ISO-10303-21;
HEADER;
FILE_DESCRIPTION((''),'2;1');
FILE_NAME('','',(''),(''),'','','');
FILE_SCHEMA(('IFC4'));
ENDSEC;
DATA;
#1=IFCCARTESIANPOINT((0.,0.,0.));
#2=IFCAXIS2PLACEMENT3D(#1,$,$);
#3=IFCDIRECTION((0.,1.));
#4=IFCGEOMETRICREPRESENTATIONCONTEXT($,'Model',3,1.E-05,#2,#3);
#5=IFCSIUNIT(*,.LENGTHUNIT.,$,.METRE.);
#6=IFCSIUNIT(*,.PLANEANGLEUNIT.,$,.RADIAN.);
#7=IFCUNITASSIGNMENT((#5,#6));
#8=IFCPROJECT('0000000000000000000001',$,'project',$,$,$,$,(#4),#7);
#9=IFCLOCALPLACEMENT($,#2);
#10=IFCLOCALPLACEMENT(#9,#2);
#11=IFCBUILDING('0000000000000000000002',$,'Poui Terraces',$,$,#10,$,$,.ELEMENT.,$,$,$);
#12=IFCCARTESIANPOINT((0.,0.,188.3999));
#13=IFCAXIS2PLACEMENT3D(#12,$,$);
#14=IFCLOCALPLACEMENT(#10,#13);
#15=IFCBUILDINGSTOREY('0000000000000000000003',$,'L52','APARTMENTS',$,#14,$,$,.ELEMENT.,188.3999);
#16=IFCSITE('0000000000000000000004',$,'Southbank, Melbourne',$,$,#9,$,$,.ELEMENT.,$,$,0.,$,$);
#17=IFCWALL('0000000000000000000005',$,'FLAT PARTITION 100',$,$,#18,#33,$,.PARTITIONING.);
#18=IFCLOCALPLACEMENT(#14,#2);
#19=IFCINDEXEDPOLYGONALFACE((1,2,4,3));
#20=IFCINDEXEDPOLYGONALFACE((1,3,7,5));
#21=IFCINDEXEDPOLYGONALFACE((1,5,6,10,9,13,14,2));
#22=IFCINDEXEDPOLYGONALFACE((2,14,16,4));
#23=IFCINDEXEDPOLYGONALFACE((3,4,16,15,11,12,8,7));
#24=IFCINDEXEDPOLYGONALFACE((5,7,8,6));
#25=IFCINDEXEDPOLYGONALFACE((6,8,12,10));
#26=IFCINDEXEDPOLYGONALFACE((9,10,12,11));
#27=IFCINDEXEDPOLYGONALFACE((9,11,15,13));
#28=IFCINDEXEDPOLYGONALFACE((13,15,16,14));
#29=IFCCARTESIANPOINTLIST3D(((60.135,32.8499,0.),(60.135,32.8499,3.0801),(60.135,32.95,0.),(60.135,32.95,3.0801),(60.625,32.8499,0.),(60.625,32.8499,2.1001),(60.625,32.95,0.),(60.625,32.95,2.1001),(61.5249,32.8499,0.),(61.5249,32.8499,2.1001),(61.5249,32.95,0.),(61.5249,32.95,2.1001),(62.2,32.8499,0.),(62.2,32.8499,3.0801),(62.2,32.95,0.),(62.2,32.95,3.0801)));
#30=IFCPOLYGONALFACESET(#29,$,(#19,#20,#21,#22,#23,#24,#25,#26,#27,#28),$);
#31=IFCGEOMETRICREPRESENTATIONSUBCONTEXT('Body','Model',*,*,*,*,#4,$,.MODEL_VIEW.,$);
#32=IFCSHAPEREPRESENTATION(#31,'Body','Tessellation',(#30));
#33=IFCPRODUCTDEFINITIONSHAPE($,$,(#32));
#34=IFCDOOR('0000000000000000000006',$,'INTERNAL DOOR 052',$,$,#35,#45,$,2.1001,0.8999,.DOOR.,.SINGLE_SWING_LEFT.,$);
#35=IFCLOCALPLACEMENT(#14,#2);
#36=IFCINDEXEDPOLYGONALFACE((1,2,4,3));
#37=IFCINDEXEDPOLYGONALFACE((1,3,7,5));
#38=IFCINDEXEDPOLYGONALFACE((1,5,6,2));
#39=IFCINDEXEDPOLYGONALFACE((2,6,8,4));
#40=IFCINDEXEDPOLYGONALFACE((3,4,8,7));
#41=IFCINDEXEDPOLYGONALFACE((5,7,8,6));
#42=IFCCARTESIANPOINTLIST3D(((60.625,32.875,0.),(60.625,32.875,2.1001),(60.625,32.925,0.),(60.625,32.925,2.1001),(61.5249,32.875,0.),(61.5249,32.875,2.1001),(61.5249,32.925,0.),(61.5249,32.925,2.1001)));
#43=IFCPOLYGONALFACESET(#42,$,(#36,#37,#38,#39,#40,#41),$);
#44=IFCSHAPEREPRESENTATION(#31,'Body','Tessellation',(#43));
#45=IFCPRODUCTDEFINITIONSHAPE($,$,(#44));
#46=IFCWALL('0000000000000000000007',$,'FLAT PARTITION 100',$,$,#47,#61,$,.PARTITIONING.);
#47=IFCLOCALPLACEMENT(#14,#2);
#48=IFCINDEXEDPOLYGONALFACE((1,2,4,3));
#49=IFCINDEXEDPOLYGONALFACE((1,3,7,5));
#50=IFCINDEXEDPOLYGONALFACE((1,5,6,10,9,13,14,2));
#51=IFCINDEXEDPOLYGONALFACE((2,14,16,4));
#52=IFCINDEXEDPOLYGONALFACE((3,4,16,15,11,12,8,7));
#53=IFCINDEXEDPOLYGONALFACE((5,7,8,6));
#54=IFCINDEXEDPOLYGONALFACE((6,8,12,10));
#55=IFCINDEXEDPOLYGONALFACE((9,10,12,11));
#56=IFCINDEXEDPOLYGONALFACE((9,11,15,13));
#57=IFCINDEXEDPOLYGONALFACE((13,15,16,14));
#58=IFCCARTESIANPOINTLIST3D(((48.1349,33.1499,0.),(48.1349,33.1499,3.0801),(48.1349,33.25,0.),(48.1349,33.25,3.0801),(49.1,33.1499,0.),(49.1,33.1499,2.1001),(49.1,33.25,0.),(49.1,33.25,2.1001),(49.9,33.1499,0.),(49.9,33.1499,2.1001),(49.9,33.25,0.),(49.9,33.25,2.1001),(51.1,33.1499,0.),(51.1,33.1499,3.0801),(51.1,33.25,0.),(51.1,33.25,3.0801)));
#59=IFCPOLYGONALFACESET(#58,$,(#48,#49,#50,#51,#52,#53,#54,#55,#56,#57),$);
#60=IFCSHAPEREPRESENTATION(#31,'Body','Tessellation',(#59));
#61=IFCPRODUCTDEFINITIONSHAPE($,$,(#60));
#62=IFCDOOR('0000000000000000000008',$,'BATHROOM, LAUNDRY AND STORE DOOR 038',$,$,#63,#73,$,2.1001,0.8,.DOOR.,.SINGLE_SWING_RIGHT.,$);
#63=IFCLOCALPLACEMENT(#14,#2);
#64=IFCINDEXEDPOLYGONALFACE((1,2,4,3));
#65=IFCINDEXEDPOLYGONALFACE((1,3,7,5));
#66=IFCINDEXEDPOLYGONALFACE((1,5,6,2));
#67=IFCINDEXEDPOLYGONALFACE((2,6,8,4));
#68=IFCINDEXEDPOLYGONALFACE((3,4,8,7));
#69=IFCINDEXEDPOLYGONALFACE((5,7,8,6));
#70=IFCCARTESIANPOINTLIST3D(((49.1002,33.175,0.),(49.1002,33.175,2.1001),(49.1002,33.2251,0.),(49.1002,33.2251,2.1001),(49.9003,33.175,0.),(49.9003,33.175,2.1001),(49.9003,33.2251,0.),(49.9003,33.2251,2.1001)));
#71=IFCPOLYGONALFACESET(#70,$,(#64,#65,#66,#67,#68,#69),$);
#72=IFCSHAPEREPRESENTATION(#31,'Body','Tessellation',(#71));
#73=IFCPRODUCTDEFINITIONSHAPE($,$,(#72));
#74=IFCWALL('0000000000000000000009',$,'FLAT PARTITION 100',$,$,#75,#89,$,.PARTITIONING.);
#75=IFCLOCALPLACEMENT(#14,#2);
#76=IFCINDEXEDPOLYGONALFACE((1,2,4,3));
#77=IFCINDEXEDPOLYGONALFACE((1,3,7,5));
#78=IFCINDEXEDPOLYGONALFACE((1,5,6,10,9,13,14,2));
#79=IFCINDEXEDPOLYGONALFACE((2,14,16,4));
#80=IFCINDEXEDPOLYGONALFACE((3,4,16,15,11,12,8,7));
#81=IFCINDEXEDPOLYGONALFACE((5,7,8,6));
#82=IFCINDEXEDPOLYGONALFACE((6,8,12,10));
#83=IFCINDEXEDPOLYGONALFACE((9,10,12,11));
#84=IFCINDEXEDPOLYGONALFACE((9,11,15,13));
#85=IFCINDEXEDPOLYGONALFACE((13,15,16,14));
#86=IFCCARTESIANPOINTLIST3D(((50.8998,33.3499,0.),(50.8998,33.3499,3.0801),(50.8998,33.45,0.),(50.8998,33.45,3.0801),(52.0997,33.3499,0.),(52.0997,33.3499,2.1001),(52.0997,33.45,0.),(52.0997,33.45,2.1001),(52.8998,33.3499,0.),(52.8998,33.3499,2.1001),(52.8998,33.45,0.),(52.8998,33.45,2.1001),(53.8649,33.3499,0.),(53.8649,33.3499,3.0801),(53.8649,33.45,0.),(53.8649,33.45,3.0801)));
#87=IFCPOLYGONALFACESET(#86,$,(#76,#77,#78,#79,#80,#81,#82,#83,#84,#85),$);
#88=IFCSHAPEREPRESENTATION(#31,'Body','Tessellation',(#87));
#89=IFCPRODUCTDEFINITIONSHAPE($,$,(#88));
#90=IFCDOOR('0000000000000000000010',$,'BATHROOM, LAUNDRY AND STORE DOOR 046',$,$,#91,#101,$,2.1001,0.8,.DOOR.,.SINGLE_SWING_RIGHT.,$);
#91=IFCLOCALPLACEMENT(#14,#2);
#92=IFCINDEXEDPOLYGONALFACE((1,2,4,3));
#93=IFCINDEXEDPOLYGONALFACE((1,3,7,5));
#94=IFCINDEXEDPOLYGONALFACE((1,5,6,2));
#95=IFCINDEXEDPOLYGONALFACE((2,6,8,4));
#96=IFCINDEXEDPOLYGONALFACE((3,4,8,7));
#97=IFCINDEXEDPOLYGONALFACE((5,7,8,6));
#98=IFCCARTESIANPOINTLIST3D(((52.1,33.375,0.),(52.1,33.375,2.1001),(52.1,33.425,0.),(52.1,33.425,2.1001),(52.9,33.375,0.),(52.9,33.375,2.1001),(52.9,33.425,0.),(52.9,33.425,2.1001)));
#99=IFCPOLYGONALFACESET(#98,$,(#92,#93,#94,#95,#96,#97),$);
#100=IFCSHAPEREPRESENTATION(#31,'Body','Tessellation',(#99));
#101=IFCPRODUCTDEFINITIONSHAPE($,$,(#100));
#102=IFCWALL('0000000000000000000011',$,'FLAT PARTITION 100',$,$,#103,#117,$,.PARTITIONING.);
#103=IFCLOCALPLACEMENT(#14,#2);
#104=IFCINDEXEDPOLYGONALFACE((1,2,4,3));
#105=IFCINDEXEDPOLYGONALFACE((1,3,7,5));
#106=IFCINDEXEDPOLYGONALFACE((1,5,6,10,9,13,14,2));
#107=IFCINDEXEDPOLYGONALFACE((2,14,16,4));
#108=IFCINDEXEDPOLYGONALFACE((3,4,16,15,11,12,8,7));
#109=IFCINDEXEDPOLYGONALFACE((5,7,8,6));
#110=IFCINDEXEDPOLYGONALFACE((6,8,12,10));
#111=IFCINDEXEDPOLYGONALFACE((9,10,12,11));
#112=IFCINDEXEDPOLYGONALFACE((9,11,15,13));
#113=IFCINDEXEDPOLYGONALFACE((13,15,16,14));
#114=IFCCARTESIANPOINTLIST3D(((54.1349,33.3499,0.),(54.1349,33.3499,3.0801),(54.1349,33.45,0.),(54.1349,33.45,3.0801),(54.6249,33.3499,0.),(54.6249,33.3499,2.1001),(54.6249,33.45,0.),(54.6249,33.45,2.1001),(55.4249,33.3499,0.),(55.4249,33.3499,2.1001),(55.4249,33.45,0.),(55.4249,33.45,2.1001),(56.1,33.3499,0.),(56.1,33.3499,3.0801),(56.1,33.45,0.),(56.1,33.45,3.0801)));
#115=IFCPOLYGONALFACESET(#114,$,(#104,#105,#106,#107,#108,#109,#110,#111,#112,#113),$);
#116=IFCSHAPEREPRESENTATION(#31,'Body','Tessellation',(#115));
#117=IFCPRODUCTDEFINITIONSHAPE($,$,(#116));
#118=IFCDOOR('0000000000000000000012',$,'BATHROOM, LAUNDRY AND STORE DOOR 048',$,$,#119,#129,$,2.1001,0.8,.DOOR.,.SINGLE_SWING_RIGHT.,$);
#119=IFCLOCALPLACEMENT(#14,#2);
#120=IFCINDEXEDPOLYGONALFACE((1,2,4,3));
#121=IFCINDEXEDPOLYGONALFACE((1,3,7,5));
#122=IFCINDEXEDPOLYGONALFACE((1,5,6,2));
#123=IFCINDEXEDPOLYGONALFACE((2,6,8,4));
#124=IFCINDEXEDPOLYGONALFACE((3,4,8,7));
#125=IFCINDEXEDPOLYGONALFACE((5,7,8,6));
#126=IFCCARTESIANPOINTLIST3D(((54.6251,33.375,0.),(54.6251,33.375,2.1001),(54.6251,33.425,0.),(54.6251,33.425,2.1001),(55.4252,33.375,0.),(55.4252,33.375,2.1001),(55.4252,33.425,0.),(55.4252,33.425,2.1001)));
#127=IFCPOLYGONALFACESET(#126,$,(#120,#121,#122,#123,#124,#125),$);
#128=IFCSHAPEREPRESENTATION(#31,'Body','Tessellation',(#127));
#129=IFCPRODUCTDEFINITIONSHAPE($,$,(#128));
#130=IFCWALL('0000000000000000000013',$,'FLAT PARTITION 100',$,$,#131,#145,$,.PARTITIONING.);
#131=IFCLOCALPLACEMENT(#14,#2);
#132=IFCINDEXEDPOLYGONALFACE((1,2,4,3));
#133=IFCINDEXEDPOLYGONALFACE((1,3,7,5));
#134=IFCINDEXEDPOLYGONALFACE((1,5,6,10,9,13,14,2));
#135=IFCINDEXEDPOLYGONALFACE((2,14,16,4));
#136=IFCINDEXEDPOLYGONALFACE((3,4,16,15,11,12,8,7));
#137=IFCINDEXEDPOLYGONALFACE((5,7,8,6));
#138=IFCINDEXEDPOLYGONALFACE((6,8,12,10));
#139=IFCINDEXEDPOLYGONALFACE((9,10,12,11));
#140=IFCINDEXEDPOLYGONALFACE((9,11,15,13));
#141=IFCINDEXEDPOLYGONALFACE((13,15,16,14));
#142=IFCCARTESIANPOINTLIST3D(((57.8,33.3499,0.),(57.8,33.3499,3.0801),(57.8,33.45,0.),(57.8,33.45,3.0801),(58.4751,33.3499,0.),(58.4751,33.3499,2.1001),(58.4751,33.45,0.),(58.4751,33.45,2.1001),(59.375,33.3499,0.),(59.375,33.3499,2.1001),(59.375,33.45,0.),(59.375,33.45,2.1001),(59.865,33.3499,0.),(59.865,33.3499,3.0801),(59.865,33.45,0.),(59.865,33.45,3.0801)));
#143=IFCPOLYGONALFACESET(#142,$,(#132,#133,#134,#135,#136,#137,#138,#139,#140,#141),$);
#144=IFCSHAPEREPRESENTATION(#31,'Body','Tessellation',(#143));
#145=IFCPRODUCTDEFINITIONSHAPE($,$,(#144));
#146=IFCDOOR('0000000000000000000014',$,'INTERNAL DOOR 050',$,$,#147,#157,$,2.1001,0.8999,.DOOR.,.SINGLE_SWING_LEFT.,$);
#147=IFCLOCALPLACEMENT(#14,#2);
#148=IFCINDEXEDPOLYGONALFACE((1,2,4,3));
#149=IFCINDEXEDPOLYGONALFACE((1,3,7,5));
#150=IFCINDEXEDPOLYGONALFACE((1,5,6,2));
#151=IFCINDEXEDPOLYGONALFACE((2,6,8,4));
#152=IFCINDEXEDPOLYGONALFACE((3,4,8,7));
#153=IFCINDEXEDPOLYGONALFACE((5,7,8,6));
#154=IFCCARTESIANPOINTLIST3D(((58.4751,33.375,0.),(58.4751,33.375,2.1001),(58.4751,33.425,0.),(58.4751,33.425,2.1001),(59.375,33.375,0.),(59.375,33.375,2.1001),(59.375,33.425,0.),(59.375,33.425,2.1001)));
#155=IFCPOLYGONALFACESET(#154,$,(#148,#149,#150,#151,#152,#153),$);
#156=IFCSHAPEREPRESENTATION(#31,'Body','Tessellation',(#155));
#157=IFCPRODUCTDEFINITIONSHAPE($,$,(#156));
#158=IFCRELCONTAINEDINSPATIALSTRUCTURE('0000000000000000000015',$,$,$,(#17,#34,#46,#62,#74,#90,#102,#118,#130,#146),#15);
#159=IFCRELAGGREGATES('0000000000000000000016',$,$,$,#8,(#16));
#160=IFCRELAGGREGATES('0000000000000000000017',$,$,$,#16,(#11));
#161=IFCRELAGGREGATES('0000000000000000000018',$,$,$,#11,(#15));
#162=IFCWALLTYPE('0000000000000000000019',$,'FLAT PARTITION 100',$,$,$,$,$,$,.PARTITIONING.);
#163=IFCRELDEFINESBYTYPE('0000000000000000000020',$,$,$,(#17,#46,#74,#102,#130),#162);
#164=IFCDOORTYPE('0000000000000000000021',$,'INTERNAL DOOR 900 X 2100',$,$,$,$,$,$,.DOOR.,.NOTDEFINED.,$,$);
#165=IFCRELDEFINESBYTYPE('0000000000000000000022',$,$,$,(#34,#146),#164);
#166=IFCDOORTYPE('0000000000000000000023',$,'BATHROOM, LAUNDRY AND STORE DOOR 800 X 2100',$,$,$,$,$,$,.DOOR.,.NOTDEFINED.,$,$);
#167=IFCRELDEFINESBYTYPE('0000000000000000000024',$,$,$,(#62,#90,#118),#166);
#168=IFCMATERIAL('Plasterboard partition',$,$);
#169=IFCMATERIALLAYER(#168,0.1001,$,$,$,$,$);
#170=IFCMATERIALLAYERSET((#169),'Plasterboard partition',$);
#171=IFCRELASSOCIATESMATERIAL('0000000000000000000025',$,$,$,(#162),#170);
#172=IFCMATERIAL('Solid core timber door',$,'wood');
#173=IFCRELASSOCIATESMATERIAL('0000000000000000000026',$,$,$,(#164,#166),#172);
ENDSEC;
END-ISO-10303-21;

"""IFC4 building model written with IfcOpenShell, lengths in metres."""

from ifc_helpers import new_model, si_unit, direction, frame, frame_2d, origin, place, context, subcontext, project, spatial, rectangle, extrude, material, layer, layer_set, type_object, element, fill, save


model = new_model("IFC4")

# Units and contexts
model_context = context("Model", 3, precision=1e-05, world=origin(), true_north=direction((0.0, 1.0)))
body_context = subcontext(model_context, "Body", "Model", "MODEL_VIEW")
ifc_project = project(units=[si_unit("LENGTHUNIT", "METRE"), si_unit("PLANEANGLEUNIT", "RADIAN")], contexts=[model_context])

# Site, building, storey
site_placement = place(None, origin())
site = spatial("IfcSite", under=ifc_project, at=site_placement, Name="Southbank, Melbourne", CompositionType="ELEMENT", RefElevation=0.0)
building_placement = place(site_placement, origin())
building = spatial("IfcBuilding", under=site, at=building_placement, Name="Poui Terraces", CompositionType="ELEMENT")
storey_placement = place(building_placement, frame((0.0, 0.0, 188.3999)))
storey = spatial("IfcBuildingStorey", under=building, at=storey_placement, Name="L52", Description="APARTMENTS", CompositionType="ELEMENT", Elevation=188.3999)

# Walls, openings, doors
ifc_material_1 = material(Name="Plasterboard partition")
ifc_layer_1 = layer(ifc_material_1, 0.1001)
ifc_layer_set_1 = layer_set([ifc_layer_1], Name="Plasterboard partition")
wall_type_1 = type_object("IfcWallType", Name="FLAT PARTITION 100", PredefinedType="PARTITIONING", material=ifc_layer_set_1)
wall_1_placement = place(storey_placement, frame((60.135, 32.8999, 0.0), z_axis=(0.0, 0.0, 1.0), x_axis=(1.0, 0.0, 0.0)))
wall_1 = element("IfcWall", 1, at=wall_1_placement, inside=storey, type_object=wall_type_1, Name="FLAT PARTITION 100", PredefinedType="PARTITIONING", context=body_context, shape_type="SweptSolid", body=[
    extrude(rectangle(XDim=2.0649, YDim=0.1001, at=frame_2d((1.0325, 0.0))), origin(), (0.0, 0.0, 1.0), 3.0801),
])
opening_1_placement = place(wall_1_placement, frame((0.49, 0.0, 0.0)))
opening_1 = element("IfcOpeningElement", 2, at=opening_1_placement, cuts=wall_1, PredefinedType="OPENING", context=body_context, shape_type="SweptSolid", body=[
    extrude(rectangle(XDim=0.8999, YDim=2.1001, at=frame_2d((0.45, 1.05))), frame((0.0, 0.0601, 0.0), z_axis=(0.0, -1.0, 0.0), x_axis=(1.0, 0.0, 0.0)), (0.0, 0.0, 1.0), 0.1201),
])
ifc_material_2 = material(Name="Solid core timber door", Category="wood")
door_type_1 = type_object("IfcDoorType", Name="INTERNAL DOOR 900 X 2100", OperationType="NOTDEFINED", PredefinedType="DOOR", material=ifc_material_2)
door_1_placement = place(opening_1_placement, frame((0.8999, 0.0, 0.0), z_axis=(0.0, 0.0, 1.0), x_axis=(-1.0, 0.0, 0.0)))
door_1 = element("IfcDoor", 3, at=door_1_placement, inside=storey, type_object=door_type_1, Name="INTERNAL DOOR 052", OperationType="SINGLE_SWING_LEFT", OverallHeight=2.1001, OverallWidth=0.8999, PredefinedType="DOOR", context=body_context, shape_type="SweptSolid", body=[
    extrude(rectangle(XDim=0.8999, YDim=2.1001, at=frame_2d((0.45, 1.05))), frame((0.0, 0.0249, 0.0), z_axis=(0.0, -1.0, 0.0), x_axis=(1.0, 0.0, 0.0)), (0.0, 0.0, 1.0), 0.05),
])
fill(opening_1, door_1)
wall_2_placement = place(storey_placement, frame((48.135, 33.2, 0.0), z_axis=(0.0, 0.0, 1.0), x_axis=(1.0, 0.0, 0.0)))
wall_2 = element("IfcWall", 4, at=wall_2_placement, inside=storey, type_object=wall_type_1, Name="FLAT PARTITION 100", PredefinedType="PARTITIONING", context=body_context, shape_type="SweptSolid", body=[
    extrude(rectangle(XDim=2.9651, YDim=0.1001, at=frame_2d((1.4824, 0.0))), origin(), (0.0, 0.0, 1.0), 3.0801),
])
opening_2_placement = place(wall_2_placement, frame((0.9651, 0.0, 0.0)))
opening_2 = element("IfcOpeningElement", 5, at=opening_2_placement, cuts=wall_2, PredefinedType="OPENING", context=body_context, shape_type="SweptSolid", body=[
    extrude(rectangle(XDim=0.8, YDim=2.1001, at=frame_2d((0.3999, 1.05))), frame((0.0, 0.0601, 0.0), z_axis=(0.0, -1.0, 0.0), x_axis=(1.0, 0.0, 0.0)), (0.0, 0.0, 1.0), 0.1201),
])
door_type_2 = type_object("IfcDoorType", Name="BATHROOM, LAUNDRY AND STORE DOOR 800 X 2100", OperationType="NOTDEFINED", PredefinedType="DOOR", material=ifc_material_2)
door_2_placement = place(opening_2_placement, frame((0.8, 0.0, 0.0), z_axis=(0.0, 0.0, 1.0), x_axis=(-1.0, 0.0, 0.0)))
door_2 = element("IfcDoor", 6, at=door_2_placement, inside=storey, type_object=door_type_2, Name="BATHROOM, LAUNDRY AND STORE DOOR 038", OperationType="SINGLE_SWING_RIGHT", OverallHeight=2.1001, OverallWidth=0.8, PredefinedType="DOOR", context=body_context, shape_type="SweptSolid", body=[
    extrude(rectangle(XDim=0.8, YDim=2.1001, at=frame_2d((0.3999, 1.05))), frame((0.0, 0.0249, 0.0), z_axis=(0.0, -1.0, 0.0), x_axis=(1.0, 0.0, 0.0)), (0.0, 0.0, 1.0), 0.05),
])
fill(opening_2, door_2)
wall_3_placement = place(storey_placement, frame((50.8999, 33.3999, 0.0), z_axis=(0.0, 0.0, 1.0), x_axis=(1.0, 0.0, 0.0)))
wall_3 = element("IfcWall", 7, at=wall_3_placement, inside=storey, type_object=wall_type_1, Name="FLAT PARTITION 100", PredefinedType="PARTITIONING", context=body_context, shape_type="SweptSolid", body=[
    extrude(rectangle(XDim=2.9651, YDim=0.1001, at=frame_2d((1.4824, 0.0))), origin(), (0.0, 0.0, 1.0), 3.0801),
])
opening_3_placement = place(wall_3_placement, frame((1.2, 0.0, 0.0)))
opening_3 = element("IfcOpeningElement", 8, at=opening_3_placement, cuts=wall_3, PredefinedType="OPENING", context=body_context, shape_type="SweptSolid", body=[
    extrude(rectangle(XDim=0.8, YDim=2.1001, at=frame_2d((0.3999, 1.05))), frame((0.0, 0.0601, 0.0), z_axis=(0.0, -1.0, 0.0), x_axis=(1.0, 0.0, 0.0)), (0.0, 0.0, 1.0), 0.1201),
])
door_3_placement = place(opening_3_placement, frame((0.8, 0.0, 0.0), z_axis=(0.0, 0.0, 1.0), x_axis=(-1.0, 0.0, 0.0)))
door_3 = element("IfcDoor", 9, at=door_3_placement, inside=storey, type_object=door_type_2, Name="BATHROOM, LAUNDRY AND STORE DOOR 046", OperationType="SINGLE_SWING_RIGHT", OverallHeight=2.1001, OverallWidth=0.8, PredefinedType="DOOR", context=body_context, shape_type="SweptSolid", body=[
    extrude(rectangle(XDim=0.8, YDim=2.1001, at=frame_2d((0.3999, 1.05))), frame((0.0, 0.0249, 0.0), z_axis=(0.0, -1.0, 0.0), x_axis=(1.0, 0.0, 0.0)), (0.0, 0.0, 1.0), 0.05),
])
fill(opening_3, door_3)
wall_4_placement = place(storey_placement, frame((54.135, 33.3999, 0.0), z_axis=(0.0, 0.0, 1.0), x_axis=(1.0, 0.0, 0.0)))
wall_4 = element("IfcWall", 10, at=wall_4_placement, inside=storey, type_object=wall_type_1, Name="FLAT PARTITION 100", PredefinedType="PARTITIONING", context=body_context, shape_type="SweptSolid", body=[
    extrude(rectangle(XDim=1.9651, YDim=0.1001, at=frame_2d((0.9824, 0.0))), origin(), (0.0, 0.0, 1.0), 3.0801),
])
opening_4_placement = place(wall_4_placement, frame((0.49, 0.0, 0.0)))
opening_4 = element("IfcOpeningElement", 11, at=opening_4_placement, cuts=wall_4, PredefinedType="OPENING", context=body_context, shape_type="SweptSolid", body=[
    extrude(rectangle(XDim=0.8, YDim=2.1001, at=frame_2d((0.3999, 1.05))), frame((0.0, 0.0601, 0.0), z_axis=(0.0, -1.0, 0.0), x_axis=(1.0, 0.0, 0.0)), (0.0, 0.0, 1.0), 0.1201),
])
door_4_placement = place(opening_4_placement, frame((0.8, 0.0, 0.0), z_axis=(0.0, 0.0, 1.0), x_axis=(-1.0, 0.0, 0.0)))
door_4 = element("IfcDoor", 12, at=door_4_placement, inside=storey, type_object=door_type_2, Name="BATHROOM, LAUNDRY AND STORE DOOR 048", OperationType="SINGLE_SWING_RIGHT", OverallHeight=2.1001, OverallWidth=0.8, PredefinedType="DOOR", context=body_context, shape_type="SweptSolid", body=[
    extrude(rectangle(XDim=0.8, YDim=2.1001, at=frame_2d((0.3999, 1.05))), frame((0.0, 0.0249, 0.0), z_axis=(0.0, -1.0, 0.0), x_axis=(1.0, 0.0, 0.0)), (0.0, 0.0, 1.0), 0.05),
])
fill(opening_4, door_4)
wall_5_placement = place(storey_placement, frame((57.8, 33.3999, 0.0), z_axis=(0.0, 0.0, 1.0), x_axis=(1.0, 0.0, 0.0)))
wall_5 = element("IfcWall", 13, at=wall_5_placement, inside=storey, type_object=wall_type_1, Name="FLAT PARTITION 100", PredefinedType="PARTITIONING", context=body_context, shape_type="SweptSolid", body=[
    extrude(rectangle(XDim=2.0649, YDim=0.1001, at=frame_2d((1.0325, 0.0))), origin(), (0.0, 0.0, 1.0), 3.0801),
])
opening_5_placement = place(wall_5_placement, frame((0.675, 0.0, 0.0)))
opening_5 = element("IfcOpeningElement", 14, at=opening_5_placement, cuts=wall_5, PredefinedType="OPENING", context=body_context, shape_type="SweptSolid", body=[
    extrude(rectangle(XDim=0.8999, YDim=2.1001, at=frame_2d((0.45, 1.05))), frame((0.0, 0.0601, 0.0), z_axis=(0.0, -1.0, 0.0), x_axis=(1.0, 0.0, 0.0)), (0.0, 0.0, 1.0), 0.1201),
])
door_5_placement = place(opening_5_placement, frame((0.8999, 0.0, 0.0), z_axis=(0.0, 0.0, 1.0), x_axis=(-1.0, 0.0, 0.0)))
door_5 = element("IfcDoor", 15, at=door_5_placement, inside=storey, type_object=door_type_1, Name="INTERNAL DOOR 050", OperationType="SINGLE_SWING_LEFT", OverallHeight=2.1001, OverallWidth=0.8999, PredefinedType="DOOR", context=body_context, shape_type="SweptSolid", body=[
    extrude(rectangle(XDim=0.8999, YDim=2.1001, at=frame_2d((0.45, 1.05))), frame((0.0, 0.0249, 0.0), z_axis=(0.0, -1.0, 0.0), x_axis=(1.0, 0.0, 0.0)), (0.0, 0.0, 1.0), 0.05),
])
fill(opening_5, door_5)

save(model, "model.ifc")
